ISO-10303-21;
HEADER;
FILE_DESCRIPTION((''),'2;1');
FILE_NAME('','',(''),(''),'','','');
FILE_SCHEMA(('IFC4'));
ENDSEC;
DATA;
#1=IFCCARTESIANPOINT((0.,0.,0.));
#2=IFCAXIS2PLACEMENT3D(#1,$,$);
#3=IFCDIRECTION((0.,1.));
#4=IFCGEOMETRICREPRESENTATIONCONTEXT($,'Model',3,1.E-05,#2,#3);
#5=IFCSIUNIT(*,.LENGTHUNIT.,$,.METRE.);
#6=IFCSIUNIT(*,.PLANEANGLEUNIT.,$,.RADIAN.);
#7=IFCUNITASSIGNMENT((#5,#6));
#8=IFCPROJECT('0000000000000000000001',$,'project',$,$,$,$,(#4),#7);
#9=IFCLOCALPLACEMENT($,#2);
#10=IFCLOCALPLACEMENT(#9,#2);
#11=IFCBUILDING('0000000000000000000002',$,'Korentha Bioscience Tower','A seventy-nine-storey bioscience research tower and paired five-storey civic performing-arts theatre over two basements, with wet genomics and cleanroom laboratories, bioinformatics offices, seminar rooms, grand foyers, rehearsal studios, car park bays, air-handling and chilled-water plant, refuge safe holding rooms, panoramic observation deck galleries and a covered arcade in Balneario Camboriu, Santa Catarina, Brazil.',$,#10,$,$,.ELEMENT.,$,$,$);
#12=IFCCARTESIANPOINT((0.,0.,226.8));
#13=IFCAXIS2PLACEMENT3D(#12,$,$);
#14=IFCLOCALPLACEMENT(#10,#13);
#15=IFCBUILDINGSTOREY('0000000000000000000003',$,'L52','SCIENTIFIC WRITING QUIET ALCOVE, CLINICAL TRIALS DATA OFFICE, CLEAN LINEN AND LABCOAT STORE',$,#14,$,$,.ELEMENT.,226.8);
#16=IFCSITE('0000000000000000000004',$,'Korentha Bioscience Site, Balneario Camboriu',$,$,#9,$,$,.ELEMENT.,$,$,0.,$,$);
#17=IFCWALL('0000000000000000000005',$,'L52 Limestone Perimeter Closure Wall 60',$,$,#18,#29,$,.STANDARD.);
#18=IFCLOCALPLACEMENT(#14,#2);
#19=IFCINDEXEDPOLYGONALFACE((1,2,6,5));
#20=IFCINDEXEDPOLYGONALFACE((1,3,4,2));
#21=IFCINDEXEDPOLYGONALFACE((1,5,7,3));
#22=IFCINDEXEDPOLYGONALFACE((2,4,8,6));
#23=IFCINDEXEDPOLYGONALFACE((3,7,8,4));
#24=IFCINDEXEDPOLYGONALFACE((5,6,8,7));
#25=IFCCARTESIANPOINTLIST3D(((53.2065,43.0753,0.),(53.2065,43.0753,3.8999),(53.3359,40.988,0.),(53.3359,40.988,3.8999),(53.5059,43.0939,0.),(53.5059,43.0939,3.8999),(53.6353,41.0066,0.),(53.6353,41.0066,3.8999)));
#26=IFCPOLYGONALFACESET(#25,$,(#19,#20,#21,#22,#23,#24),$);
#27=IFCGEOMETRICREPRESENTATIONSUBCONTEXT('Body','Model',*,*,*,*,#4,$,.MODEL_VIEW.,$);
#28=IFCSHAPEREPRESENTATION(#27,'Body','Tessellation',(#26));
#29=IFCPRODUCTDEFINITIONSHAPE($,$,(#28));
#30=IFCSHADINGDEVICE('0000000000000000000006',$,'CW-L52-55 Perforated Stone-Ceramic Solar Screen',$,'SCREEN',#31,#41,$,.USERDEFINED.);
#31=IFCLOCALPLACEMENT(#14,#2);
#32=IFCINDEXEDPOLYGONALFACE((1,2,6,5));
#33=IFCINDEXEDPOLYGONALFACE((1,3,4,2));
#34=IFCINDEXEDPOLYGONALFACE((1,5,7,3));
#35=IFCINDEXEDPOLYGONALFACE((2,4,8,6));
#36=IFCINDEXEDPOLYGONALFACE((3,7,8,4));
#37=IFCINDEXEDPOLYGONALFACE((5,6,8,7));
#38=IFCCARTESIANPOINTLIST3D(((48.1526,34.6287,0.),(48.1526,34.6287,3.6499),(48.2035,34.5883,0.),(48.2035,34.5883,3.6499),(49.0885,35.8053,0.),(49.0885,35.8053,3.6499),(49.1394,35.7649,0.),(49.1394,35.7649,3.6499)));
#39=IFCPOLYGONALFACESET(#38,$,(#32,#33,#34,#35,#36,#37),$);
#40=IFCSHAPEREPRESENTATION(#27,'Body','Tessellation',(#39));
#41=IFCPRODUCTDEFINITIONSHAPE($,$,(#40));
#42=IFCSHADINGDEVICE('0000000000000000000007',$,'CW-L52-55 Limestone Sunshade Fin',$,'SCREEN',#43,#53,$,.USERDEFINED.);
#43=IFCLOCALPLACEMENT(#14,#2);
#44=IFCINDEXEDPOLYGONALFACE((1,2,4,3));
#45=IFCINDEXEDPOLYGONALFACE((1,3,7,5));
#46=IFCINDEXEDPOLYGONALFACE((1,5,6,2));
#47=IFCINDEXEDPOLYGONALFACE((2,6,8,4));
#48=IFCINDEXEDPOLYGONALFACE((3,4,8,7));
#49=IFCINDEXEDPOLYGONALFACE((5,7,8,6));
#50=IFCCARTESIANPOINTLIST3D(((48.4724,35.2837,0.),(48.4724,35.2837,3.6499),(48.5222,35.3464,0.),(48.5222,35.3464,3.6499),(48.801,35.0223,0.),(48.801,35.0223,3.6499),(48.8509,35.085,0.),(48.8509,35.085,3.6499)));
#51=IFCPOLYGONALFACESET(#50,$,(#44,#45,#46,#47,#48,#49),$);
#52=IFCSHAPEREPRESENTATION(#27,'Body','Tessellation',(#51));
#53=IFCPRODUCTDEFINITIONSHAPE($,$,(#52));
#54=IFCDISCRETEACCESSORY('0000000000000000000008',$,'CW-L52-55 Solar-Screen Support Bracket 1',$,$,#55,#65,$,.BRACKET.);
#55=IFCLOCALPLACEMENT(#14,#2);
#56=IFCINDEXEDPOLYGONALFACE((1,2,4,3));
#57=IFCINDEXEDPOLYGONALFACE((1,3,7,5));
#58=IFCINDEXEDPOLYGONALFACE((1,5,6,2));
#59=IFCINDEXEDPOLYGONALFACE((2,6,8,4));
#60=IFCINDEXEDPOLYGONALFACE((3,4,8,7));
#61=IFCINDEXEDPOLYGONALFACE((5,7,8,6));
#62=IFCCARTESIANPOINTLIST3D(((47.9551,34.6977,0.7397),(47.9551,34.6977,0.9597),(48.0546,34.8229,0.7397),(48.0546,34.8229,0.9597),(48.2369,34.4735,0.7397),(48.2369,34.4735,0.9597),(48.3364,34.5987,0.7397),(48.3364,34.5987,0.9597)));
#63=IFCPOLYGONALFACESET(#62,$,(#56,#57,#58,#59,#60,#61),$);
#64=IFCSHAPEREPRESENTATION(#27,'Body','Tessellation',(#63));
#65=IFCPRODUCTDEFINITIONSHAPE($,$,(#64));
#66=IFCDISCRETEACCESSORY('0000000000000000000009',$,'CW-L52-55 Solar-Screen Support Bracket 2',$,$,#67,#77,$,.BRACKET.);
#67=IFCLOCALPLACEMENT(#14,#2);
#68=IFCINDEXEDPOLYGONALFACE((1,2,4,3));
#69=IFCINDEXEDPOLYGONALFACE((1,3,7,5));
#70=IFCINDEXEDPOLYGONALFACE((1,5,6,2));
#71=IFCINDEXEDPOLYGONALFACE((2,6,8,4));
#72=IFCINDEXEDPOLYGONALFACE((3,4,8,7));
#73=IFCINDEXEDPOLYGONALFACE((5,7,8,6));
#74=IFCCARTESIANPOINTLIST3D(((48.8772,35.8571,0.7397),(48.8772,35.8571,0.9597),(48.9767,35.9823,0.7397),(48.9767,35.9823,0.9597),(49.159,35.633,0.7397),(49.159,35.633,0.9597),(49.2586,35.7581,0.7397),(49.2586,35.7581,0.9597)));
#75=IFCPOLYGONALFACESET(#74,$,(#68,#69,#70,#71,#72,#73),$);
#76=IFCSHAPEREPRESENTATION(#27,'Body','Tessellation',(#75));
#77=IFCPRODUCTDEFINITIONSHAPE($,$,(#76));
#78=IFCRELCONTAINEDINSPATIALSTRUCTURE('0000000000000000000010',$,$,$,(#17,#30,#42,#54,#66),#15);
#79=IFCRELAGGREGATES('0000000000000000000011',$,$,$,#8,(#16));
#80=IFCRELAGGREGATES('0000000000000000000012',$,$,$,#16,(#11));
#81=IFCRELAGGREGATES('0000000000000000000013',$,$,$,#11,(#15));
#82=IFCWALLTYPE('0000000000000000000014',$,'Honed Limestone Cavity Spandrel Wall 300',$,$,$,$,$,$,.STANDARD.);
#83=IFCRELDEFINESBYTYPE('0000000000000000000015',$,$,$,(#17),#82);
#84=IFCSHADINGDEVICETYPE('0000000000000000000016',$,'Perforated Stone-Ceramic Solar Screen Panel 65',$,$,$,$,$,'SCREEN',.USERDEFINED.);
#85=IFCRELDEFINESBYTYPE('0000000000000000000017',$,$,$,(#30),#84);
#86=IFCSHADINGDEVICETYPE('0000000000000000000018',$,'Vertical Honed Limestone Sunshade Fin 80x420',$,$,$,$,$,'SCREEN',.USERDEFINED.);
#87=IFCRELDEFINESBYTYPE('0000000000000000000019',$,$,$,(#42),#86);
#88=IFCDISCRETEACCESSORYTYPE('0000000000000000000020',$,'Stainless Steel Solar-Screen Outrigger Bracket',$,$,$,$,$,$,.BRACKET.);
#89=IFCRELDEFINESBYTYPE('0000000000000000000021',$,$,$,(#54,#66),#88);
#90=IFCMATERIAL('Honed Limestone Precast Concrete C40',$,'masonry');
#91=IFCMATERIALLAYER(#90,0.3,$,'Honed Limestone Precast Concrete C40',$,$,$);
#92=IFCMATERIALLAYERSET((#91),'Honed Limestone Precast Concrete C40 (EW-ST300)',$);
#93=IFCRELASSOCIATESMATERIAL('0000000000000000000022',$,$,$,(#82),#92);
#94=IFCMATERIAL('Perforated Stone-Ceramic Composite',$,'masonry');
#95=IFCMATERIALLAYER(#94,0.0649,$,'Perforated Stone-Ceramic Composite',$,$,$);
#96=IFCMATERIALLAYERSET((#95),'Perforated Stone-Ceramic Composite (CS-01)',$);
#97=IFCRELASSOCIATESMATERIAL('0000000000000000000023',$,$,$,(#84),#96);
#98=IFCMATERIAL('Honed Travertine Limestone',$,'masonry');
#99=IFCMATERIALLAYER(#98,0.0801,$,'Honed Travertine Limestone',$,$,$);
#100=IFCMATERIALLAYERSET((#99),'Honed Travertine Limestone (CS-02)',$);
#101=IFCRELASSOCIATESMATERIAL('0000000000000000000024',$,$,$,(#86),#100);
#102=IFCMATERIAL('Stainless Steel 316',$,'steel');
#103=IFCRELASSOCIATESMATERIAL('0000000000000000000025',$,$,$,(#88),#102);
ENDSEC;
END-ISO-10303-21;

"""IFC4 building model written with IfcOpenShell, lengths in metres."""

from ifc_helpers import new_model, si_unit, direction, frame, frame_2d, origin, origin_2d, place, context, subcontext, project, spatial, rectangle, extrude, material, layer, layer_set, type_object, element, save


model = new_model("IFC4")

# Units and contexts
model_context = context("Model", 3, precision=1e-05, world=origin(), true_north=direction((0.0, 1.0)))
body_context = subcontext(model_context, "Body", "Model", "MODEL_VIEW")
ifc_project = project(units=[si_unit("LENGTHUNIT", "METRE"), si_unit("PLANEANGLEUNIT", "RADIAN")], contexts=[model_context])

# Site, building, storey
site_placement = place(None, origin())
site = spatial("IfcSite", under=ifc_project, at=site_placement, Name="Korentha Bioscience Site, Balneario Camboriu", CompositionType="ELEMENT", RefElevation=0.0)
building_placement = place(site_placement, origin())
building = spatial("IfcBuilding", under=site, at=building_placement, Name="Korentha Bioscience Tower", Description="A seventy-nine-storey bioscience research tower and paired five-storey civic performing-arts theatre over two basements, with wet genomics and cleanroom laboratories, bioinformatics offices, seminar rooms, grand foyers, rehearsal studios, car park bays, air-handling and chilled-water plant, refuge safe holding rooms, panoramic observation deck galleries and a covered arcade in Balneario Camboriu, Santa Catarina, Brazil.", CompositionType="ELEMENT")
storey_placement = place(building_placement, frame((0.0, 0.0, 226.8)))
storey = spatial("IfcBuildingStorey", under=building, at=storey_placement, Name="L52", Description="SCIENTIFIC WRITING QUIET ALCOVE, CLINICAL TRIALS DATA OFFICE, CLEAN LINEN AND LABCOAT STORE", CompositionType="ELEMENT", Elevation=226.8)

# Wall
ifc_material_1 = material(Name="Honed Limestone Precast Concrete C40", Category="masonry")
ifc_layer_1 = layer(ifc_material_1, 0.3, Name="Honed Limestone Precast Concrete C40")
ifc_layer_set_1 = layer_set([ifc_layer_1], Name="Honed Limestone Precast Concrete C40 (EW-ST300)")
wall_type_1 = type_object("IfcWallType", Name="Honed Limestone Cavity Spandrel Wall 300", PredefinedType="STANDARD", material=ifc_layer_set_1)
for number, where, z_axis, x_axis, name in (
    (1, (53.4856, 40.9973, 0.0), (0.0, 0.0, 1.0), (-0.06187, 0.998084, 0.0), "L52 Limestone Perimeter Closure Wall 60"),
):
    element("IfcWall", number, at=place(storey_placement, frame(where, z_axis=z_axis, x_axis=x_axis)), inside=storey, type_object=wall_type_1, Name=name, PredefinedType="STANDARD", context=body_context, shape_type="SweptSolid", body=[
        extrude(rectangle(XDim=2.0913, YDim=0.3, at=frame_2d((1.0457, 0.0))), origin(), (0.0, 0.0, 1.0), 3.8999),
    ])

# Shading devices
ifc_material_2 = material(Name="Perforated Stone-Ceramic Composite", Category="masonry")
ifc_layer_2 = layer(ifc_material_2, 0.0649, Name="Perforated Stone-Ceramic Composite")
ifc_layer_set_2 = layer_set([ifc_layer_2], Name="Perforated Stone-Ceramic Composite (CS-01)")
shading_device_type_1 = type_object("IfcShadingDeviceType", Name="Perforated Stone-Ceramic Solar Screen Panel 65", ElementType="SCREEN", PredefinedType="USERDEFINED", material=ifc_layer_set_2)
shading_device_1_placement = place(storey_placement, frame((48.646, 35.1968, 0.0), z_axis=(0.0, 0.0, 1.0), x_axis=(0.622512, 0.78261, 0.0)))
element("IfcShadingDevice", 2, at=shading_device_1_placement, inside=storey, type_object=shading_device_type_1, Name="CW-L52-55 Perforated Stone-Ceramic Solar Screen", ObjectType="SCREEN", PredefinedType="USERDEFINED", context=body_context, shape_type="SweptSolid", body=[
    extrude(rectangle(XDim=1.5034, YDim=0.0649, at=origin_2d()), origin(), (0.0, 0.0, 1.0), 3.6499),
])
ifc_material_3 = material(Name="Honed Travertine Limestone", Category="masonry")
ifc_layer_3 = layer(ifc_material_3, 0.0801, Name="Honed Travertine Limestone")
ifc_layer_set_3 = layer_set([ifc_layer_3], Name="Honed Travertine Limestone (CS-02)")
shading_device_type_2 = type_object("IfcShadingDeviceType", Name="Vertical Honed Limestone Sunshade Fin 80x420", ElementType="SCREEN", PredefinedType="USERDEFINED", material=ifc_layer_set_3)
shading_device_2_placement = place(storey_placement, frame((48.6616, 35.1843, 0.0), z_axis=(0.0, 0.0, 1.0), x_axis=(0.622512, 0.78261, 0.0)))
element("IfcShadingDevice", 3, at=shading_device_2_placement, inside=storey, type_object=shading_device_type_2, Name="CW-L52-55 Limestone Sunshade Fin", ObjectType="SCREEN", PredefinedType="USERDEFINED", context=body_context, shape_type="SweptSolid", body=[
    extrude(rectangle(XDim=0.0801, YDim=0.4199, at=origin_2d()), origin(), (0.0, 0.0, 1.0), 3.6499),
])

# Discrete accessories
ifc_material_4 = material(Name="Stainless Steel 316", Category="steel")
discrete_accessory_type = type_object("IfcDiscreteAccessoryType", Name="Stainless Steel Solar-Screen Outrigger Bracket", PredefinedType="BRACKET", material=ifc_material_4)
for number, where, z_axis, x_axis, name in (
    (4, (48.1458, 34.6482, 0.7397), (0.0, 0.0, 1.0), (0.622512, 0.78261, 0.0), "CW-L52-55 Solar-Screen Support Bracket 1"),
    (5, (49.0679, 35.8076, 0.7397), (0.0, 0.0, 1.0), (0.622512, 0.78261, 0.0), "CW-L52-55 Solar-Screen Support Bracket 2"),
):
    element("IfcDiscreteAccessory", number, at=place(storey_placement, frame(where, z_axis=z_axis, x_axis=x_axis)), inside=storey, type_object=discrete_accessory_type, Name=name, PredefinedType="BRACKET", context=body_context, shape_type="SweptSolid", body=[
        extrude(rectangle(XDim=0.1599, YDim=0.3601, at=origin_2d()), origin(), (0.0, 0.0, 1.0), 0.22),
    ])

save(model, "model.ifc")
